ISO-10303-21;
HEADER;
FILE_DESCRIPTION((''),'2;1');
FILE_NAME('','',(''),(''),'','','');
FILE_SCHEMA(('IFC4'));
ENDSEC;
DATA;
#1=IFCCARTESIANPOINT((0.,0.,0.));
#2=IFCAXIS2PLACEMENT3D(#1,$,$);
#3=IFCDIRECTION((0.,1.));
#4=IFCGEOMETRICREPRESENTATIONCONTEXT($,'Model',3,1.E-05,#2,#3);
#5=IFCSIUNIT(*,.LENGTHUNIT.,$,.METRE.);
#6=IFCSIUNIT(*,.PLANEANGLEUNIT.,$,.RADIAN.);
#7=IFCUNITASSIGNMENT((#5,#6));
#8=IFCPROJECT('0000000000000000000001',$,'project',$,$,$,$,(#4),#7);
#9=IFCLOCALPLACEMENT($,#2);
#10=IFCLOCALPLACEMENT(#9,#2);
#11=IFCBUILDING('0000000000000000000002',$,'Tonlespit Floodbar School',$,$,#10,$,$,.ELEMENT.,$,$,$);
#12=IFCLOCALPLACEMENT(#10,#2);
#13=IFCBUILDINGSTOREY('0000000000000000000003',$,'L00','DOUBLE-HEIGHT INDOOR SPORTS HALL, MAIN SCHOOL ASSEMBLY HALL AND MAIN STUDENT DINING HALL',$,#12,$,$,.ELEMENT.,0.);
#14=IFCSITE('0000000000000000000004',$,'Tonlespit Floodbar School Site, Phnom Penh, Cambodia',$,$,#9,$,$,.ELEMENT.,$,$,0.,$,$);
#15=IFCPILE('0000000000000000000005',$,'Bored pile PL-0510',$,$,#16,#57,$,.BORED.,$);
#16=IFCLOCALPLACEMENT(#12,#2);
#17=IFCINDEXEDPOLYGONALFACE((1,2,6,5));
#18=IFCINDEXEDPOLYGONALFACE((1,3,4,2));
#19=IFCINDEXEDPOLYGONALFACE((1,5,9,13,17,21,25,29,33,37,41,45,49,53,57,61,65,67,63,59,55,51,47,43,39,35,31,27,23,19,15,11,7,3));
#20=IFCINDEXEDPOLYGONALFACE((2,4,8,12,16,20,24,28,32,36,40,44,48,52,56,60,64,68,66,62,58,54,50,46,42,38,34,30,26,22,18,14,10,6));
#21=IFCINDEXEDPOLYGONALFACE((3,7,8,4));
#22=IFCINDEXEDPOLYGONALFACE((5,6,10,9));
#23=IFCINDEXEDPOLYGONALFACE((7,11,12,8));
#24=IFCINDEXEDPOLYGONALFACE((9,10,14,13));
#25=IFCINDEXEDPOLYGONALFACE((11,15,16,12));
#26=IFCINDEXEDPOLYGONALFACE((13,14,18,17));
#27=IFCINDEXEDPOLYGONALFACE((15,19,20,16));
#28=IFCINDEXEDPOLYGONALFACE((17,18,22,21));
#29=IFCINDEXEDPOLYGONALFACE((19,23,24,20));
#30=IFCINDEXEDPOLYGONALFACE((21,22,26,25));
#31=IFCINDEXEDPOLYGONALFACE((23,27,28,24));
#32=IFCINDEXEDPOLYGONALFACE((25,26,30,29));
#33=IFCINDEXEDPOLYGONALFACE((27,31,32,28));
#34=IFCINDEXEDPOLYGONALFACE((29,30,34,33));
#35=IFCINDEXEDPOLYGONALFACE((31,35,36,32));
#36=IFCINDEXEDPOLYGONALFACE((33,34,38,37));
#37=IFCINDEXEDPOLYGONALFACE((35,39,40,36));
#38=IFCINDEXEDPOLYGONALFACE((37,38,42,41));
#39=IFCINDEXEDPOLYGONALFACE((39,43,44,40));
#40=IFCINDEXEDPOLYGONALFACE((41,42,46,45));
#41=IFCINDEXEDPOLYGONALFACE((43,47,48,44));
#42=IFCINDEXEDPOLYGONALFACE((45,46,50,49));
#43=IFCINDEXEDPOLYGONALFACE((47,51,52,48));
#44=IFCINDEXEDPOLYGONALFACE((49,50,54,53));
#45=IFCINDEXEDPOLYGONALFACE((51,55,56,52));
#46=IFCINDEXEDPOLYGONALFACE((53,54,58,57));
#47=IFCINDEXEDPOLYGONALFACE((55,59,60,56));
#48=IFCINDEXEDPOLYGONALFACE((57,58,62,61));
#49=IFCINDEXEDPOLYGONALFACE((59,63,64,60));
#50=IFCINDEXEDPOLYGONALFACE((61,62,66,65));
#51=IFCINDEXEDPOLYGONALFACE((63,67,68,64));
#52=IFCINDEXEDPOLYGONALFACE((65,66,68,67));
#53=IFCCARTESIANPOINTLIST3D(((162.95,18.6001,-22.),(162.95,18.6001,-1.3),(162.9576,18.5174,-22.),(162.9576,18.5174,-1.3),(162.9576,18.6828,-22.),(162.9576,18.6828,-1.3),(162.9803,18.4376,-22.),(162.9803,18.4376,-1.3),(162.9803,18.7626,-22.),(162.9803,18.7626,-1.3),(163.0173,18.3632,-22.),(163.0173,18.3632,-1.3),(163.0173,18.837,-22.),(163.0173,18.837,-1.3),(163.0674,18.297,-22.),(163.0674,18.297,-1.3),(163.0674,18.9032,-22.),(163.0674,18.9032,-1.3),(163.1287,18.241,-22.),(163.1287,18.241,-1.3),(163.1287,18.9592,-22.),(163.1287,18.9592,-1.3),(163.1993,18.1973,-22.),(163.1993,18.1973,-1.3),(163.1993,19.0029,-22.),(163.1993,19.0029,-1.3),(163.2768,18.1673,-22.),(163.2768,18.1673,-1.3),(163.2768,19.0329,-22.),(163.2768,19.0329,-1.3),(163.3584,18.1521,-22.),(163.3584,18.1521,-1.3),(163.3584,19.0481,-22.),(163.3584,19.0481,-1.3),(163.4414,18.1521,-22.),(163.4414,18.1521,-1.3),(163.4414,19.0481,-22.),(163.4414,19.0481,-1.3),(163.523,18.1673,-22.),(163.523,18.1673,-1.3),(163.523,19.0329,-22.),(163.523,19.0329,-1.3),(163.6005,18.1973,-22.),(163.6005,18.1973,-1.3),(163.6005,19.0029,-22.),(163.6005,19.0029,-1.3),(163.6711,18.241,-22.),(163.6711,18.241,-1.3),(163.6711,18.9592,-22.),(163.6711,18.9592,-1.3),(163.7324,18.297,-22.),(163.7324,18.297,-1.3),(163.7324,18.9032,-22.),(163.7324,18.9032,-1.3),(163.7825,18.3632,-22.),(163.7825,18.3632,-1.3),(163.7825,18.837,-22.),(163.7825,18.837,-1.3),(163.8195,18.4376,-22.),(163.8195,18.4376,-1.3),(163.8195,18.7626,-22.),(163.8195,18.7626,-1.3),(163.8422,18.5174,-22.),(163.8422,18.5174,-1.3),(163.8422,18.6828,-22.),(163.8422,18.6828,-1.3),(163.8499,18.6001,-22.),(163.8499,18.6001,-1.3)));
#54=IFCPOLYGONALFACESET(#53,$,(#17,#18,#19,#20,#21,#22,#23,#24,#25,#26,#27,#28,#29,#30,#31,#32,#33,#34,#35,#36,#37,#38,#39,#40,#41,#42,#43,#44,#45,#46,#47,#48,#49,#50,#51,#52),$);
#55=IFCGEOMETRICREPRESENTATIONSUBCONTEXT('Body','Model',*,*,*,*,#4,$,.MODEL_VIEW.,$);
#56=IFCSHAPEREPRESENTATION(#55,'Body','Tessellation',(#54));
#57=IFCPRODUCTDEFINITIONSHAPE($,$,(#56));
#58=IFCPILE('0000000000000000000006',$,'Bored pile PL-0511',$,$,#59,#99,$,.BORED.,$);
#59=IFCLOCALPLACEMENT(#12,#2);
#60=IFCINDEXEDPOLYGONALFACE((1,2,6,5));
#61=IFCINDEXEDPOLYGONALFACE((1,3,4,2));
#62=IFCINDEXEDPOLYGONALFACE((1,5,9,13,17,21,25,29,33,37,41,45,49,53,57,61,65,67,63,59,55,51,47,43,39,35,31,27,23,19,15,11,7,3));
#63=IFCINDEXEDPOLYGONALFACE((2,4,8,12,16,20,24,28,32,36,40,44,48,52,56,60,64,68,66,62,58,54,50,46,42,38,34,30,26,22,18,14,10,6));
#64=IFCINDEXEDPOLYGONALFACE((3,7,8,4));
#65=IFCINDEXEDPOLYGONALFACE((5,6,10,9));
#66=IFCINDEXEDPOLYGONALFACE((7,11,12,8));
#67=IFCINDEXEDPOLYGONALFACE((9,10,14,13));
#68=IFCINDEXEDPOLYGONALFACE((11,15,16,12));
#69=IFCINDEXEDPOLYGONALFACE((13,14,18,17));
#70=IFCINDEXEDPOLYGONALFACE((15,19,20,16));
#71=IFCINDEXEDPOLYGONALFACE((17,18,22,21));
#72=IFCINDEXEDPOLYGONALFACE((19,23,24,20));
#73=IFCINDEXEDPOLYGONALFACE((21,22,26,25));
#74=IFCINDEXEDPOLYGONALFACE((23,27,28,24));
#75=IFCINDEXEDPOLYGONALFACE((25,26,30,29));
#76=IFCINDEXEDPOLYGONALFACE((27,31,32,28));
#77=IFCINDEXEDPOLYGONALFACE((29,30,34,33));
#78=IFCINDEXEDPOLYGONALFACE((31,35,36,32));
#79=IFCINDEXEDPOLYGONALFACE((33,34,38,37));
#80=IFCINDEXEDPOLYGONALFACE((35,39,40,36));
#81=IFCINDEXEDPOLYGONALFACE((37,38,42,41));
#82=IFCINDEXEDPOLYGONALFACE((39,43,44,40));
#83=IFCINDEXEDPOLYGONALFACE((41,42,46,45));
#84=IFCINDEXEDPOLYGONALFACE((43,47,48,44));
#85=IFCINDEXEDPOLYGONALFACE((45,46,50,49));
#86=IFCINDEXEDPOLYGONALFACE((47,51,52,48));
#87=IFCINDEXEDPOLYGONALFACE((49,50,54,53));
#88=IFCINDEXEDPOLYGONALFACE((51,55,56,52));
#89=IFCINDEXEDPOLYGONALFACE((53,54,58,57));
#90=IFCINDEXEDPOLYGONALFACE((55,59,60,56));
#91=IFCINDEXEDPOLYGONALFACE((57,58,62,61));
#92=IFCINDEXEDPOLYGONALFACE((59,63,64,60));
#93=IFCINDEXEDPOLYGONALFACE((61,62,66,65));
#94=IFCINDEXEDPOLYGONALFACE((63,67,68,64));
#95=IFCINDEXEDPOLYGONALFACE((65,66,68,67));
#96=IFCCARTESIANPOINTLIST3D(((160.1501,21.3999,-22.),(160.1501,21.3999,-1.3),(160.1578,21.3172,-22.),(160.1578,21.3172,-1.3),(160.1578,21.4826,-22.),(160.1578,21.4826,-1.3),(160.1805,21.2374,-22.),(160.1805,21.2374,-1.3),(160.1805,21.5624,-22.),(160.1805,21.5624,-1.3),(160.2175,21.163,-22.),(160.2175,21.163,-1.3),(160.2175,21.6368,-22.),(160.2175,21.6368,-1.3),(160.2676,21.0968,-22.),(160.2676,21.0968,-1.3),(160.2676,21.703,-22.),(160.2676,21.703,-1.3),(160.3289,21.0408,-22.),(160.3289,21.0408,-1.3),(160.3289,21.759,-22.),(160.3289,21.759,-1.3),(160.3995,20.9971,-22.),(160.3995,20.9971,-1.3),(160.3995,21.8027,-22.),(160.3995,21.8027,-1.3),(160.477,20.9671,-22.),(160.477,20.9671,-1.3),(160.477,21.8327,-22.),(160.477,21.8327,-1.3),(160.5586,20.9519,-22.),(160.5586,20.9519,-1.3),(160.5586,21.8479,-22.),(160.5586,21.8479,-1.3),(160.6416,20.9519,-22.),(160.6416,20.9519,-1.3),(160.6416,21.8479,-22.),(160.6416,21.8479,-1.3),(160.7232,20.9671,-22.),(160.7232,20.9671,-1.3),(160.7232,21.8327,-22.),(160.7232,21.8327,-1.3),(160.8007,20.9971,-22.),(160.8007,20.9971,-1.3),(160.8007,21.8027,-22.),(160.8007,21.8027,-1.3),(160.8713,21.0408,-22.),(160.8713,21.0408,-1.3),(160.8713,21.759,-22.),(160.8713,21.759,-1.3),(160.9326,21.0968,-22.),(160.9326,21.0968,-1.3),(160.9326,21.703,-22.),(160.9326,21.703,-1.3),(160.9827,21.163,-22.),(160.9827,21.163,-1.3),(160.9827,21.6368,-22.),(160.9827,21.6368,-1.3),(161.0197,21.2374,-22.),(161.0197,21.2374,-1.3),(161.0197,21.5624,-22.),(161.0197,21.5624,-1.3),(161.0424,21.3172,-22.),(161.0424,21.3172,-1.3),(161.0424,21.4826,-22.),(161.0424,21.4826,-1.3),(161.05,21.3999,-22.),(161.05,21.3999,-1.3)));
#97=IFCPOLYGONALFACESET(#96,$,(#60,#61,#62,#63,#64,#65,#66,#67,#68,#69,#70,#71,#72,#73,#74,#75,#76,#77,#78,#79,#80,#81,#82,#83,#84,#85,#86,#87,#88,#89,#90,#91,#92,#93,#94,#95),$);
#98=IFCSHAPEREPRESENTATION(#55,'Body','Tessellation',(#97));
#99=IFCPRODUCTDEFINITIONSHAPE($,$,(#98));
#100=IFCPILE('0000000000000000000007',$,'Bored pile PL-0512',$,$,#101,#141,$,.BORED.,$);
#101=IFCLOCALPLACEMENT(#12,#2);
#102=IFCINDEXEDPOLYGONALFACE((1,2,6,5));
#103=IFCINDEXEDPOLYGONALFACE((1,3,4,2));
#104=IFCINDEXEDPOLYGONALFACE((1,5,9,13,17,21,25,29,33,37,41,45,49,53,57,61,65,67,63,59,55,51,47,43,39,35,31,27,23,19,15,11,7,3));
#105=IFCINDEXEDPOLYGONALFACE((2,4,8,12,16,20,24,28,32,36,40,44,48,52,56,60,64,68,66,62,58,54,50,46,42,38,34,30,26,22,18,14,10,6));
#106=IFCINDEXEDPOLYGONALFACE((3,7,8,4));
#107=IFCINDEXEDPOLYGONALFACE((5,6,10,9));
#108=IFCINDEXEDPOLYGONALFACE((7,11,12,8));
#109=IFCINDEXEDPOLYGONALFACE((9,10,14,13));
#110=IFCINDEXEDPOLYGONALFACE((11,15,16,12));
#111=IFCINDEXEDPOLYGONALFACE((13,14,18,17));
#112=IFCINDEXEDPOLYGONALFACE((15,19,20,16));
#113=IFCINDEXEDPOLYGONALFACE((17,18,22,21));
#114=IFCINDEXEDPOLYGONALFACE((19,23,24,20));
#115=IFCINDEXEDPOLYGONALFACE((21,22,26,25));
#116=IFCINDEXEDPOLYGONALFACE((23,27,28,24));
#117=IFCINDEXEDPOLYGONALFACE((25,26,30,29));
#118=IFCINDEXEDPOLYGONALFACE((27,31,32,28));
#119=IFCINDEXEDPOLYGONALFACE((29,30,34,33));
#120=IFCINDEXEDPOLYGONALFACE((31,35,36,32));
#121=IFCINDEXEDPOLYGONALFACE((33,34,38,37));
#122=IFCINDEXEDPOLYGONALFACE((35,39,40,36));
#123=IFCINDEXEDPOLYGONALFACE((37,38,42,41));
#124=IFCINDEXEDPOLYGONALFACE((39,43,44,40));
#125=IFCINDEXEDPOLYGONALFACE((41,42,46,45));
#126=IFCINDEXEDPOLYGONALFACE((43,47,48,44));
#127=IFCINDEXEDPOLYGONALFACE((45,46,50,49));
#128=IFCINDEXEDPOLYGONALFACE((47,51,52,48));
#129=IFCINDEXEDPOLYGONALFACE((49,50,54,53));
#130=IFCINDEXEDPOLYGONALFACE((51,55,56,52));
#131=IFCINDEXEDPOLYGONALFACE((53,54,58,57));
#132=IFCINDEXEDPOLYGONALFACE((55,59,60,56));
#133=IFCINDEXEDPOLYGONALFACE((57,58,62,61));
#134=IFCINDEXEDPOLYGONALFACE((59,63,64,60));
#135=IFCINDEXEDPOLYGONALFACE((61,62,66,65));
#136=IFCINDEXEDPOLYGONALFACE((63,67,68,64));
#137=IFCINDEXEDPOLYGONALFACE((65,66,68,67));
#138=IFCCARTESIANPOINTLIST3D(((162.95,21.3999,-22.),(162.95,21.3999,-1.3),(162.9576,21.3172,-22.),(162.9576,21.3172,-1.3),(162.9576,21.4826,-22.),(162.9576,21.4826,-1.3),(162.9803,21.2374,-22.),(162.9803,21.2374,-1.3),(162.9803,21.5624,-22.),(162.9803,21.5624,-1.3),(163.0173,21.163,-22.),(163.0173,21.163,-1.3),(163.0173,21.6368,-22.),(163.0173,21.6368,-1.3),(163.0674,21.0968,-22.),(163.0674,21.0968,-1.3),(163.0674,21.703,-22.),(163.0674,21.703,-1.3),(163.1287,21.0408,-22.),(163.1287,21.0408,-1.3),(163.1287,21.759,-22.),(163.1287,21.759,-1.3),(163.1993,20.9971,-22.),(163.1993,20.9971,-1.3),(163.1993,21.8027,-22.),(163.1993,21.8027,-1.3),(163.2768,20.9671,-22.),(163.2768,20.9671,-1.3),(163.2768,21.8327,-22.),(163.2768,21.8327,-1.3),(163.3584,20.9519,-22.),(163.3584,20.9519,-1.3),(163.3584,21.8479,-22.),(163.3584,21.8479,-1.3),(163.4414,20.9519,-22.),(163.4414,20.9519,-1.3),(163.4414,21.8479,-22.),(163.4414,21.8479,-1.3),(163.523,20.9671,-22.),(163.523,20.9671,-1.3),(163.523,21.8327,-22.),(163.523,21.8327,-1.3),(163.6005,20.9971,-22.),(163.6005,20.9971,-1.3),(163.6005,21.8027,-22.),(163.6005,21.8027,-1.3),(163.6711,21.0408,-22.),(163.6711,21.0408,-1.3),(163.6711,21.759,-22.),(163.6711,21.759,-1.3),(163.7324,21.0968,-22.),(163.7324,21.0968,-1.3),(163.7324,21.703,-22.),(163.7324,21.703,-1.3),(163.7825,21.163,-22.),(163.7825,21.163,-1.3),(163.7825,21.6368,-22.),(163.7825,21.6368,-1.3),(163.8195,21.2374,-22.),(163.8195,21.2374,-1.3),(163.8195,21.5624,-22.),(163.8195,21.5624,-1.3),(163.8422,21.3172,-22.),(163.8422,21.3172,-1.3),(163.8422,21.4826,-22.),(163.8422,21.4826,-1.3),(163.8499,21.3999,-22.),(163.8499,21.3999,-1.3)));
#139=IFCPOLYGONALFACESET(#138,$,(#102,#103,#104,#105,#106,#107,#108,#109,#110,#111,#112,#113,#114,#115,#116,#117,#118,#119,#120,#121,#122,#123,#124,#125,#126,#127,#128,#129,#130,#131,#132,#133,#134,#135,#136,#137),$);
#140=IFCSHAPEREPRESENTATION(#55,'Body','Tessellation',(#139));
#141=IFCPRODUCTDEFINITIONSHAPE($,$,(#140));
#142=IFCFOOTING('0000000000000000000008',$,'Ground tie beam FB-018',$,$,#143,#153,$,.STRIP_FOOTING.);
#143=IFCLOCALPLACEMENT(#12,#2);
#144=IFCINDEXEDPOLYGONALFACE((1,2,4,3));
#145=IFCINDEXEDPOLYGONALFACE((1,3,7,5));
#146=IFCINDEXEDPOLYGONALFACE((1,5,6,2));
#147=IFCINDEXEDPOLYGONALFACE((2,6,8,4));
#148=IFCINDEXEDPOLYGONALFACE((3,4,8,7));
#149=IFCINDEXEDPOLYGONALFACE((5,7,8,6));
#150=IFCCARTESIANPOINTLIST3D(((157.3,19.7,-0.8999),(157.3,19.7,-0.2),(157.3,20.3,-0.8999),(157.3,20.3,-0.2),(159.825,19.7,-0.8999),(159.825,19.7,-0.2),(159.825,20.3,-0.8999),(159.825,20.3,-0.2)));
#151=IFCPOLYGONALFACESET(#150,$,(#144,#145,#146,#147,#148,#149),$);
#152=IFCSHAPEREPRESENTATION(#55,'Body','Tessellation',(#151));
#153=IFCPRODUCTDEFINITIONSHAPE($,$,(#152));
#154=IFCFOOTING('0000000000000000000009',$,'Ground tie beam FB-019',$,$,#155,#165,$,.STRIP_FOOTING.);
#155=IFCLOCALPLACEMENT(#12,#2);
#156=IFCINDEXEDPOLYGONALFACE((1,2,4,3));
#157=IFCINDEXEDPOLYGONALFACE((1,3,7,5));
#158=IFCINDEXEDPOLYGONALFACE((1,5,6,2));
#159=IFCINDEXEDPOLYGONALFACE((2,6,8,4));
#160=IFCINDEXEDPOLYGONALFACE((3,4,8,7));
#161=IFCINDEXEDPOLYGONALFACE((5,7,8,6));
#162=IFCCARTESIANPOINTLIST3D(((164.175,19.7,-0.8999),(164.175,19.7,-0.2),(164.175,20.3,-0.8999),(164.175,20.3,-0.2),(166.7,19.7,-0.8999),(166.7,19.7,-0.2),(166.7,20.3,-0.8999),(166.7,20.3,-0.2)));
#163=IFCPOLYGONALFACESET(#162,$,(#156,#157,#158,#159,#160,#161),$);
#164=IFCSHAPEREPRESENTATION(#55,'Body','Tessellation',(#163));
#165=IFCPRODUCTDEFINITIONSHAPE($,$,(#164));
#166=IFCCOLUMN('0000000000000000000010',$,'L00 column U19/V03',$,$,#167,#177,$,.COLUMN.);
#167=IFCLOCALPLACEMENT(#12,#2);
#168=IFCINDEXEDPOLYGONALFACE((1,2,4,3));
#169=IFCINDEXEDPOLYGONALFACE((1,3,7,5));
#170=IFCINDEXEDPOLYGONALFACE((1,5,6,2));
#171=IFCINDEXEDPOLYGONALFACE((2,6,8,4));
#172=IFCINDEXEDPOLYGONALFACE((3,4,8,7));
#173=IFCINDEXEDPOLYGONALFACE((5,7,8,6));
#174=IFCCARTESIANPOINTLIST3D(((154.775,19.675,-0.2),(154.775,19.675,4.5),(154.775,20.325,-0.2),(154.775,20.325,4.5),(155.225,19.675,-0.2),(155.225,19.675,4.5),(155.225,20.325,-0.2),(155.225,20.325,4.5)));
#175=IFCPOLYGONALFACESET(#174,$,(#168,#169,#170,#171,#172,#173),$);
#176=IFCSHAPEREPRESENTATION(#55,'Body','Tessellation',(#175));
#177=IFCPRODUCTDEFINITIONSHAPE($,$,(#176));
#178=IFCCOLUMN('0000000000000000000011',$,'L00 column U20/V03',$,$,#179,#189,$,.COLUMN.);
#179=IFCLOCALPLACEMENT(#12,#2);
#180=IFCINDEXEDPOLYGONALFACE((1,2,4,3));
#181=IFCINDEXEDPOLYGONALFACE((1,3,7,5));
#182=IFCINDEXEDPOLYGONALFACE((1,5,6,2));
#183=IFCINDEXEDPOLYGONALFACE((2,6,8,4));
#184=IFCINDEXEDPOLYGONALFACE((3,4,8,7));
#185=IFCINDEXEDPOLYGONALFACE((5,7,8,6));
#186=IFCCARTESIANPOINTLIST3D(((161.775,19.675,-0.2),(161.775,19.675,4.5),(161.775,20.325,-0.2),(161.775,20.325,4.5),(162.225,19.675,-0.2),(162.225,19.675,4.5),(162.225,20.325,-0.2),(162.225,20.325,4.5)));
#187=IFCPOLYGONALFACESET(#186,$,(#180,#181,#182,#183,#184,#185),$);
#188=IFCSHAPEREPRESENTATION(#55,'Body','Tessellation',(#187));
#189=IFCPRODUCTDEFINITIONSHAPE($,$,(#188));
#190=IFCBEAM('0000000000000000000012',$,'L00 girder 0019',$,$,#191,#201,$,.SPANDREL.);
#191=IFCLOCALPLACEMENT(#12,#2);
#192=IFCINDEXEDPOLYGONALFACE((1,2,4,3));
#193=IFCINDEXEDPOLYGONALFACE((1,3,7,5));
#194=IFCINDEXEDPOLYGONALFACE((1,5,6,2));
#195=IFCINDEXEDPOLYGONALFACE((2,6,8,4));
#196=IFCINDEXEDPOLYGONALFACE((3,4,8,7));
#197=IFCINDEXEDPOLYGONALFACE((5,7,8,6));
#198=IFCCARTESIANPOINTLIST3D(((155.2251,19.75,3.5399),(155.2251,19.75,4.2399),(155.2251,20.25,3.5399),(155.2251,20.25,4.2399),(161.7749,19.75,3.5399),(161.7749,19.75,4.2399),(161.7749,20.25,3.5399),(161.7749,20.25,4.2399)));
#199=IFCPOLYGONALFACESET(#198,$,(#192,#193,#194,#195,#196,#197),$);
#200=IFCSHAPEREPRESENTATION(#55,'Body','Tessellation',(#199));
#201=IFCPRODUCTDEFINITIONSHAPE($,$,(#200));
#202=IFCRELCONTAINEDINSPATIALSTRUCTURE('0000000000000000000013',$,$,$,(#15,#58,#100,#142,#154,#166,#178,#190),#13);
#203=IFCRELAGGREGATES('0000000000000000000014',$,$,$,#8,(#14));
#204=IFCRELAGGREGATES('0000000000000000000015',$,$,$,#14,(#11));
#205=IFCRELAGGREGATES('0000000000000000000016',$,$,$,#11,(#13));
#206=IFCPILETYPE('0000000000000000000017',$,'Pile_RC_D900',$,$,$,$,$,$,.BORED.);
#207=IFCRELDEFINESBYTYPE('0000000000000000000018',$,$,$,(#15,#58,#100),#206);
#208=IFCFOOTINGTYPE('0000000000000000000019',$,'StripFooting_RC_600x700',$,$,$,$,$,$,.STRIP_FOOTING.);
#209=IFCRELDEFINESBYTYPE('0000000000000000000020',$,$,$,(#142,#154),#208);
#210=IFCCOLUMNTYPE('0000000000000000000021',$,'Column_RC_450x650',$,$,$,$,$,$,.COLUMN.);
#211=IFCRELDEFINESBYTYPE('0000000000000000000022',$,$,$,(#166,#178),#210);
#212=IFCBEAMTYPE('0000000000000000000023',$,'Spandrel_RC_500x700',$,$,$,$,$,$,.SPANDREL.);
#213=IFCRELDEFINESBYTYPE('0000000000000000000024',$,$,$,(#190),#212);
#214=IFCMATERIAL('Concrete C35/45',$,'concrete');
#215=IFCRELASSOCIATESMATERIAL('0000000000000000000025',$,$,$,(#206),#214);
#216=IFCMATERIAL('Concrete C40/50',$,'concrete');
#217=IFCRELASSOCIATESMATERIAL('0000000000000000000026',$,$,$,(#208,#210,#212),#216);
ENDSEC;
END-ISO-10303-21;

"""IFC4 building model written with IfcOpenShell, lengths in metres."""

from ifc_helpers import new_model, si_unit, direction, frame, origin, origin_2d, place, context, subcontext, project, spatial, rectangle, circle, extrude, material, material_profile, profile_set, type_object, element, save


model = new_model("IFC4")

# Units and contexts
model_context = context("Model", 3, precision=1e-05, world=origin(), true_north=direction((0.0, 1.0)))
body_context = subcontext(model_context, "Body", "Model", "MODEL_VIEW")
ifc_project = project(units=[si_unit("LENGTHUNIT", "METRE"), si_unit("PLANEANGLEUNIT", "RADIAN")], contexts=[model_context])

# Site, building, storey
site_placement = place(None, origin())
site = spatial("IfcSite", under=ifc_project, at=site_placement, Name="Tonlespit Floodbar School Site, Phnom Penh, Cambodia", CompositionType="ELEMENT", RefElevation=0.0)
building_placement = place(site_placement, origin())
building = spatial("IfcBuilding", under=site, at=building_placement, Name="Tonlespit Floodbar School", CompositionType="ELEMENT")
storey_placement = place(building_placement, origin())
storey = spatial("IfcBuildingStorey", under=building, at=storey_placement, Name="L00", Description="DOUBLE-HEIGHT INDOOR SPORTS HALL, MAIN SCHOOL ASSEMBLY HALL AND MAIN STUDENT DINING HALL", CompositionType="ELEMENT", Elevation=0.0)

# Shared definitions
ifc_material_1 = material(Name="Concrete C40/50", Category="concrete")

# Piles
ifc_material_2 = material(Name="Concrete C35/45", Category="concrete")
ifc_material_profile_1 = material_profile(ifc_material_2, circle(Radius=0.45, at=origin_2d()), Name="BP D900")
ifc_profile_set_1 = profile_set([ifc_material_profile_1], Name="Concrete C35/45")
pile_type_1 = type_object("IfcPileType", Name="Pile_RC_D900", PredefinedType="BORED", material=ifc_profile_set_1)
for number, where, z_axis, x_axis, name in (
    (1, (163.3999, 18.6001, -1.3), (0.0, 0.0, -1.0), (1.0, 0.0, 0.0), "Bored pile PL-0510"),
    (2, (160.6001, 21.3999, -1.3), (0.0, 0.0, -1.0), (1.0, 0.0, 0.0), "Bored pile PL-0511"),
    (3, (163.3999, 21.3999, -1.3), (0.0, 0.0, -1.0), (1.0, 0.0, 0.0), "Bored pile PL-0512"),
):
    element("IfcPile", number, at=place(storey_placement, frame(where, z_axis=z_axis, x_axis=x_axis)), inside=storey, type_object=pile_type_1, Name=name, PredefinedType="BORED", context=body_context, shape_type="SweptSolid", body=[
        extrude(circle(Radius=0.45, at=origin_2d()), origin(), (0.0, 0.0, 1.0), 20.7),
    ])

# Footings
footing_type_1 = type_object("IfcFootingType", Name="StripFooting_RC_600x700", PredefinedType="STRIP_FOOTING", material=ifc_material_1)
for number, where, z_axis, x_axis, name in (
    (4, (158.5625, 20.0, -0.8999), (0.0, 0.0, 1.0), (1.0, 0.0, 0.0), "Ground tie beam FB-018"),
    (5, (165.4375, 20.0, -0.8999), (0.0, 0.0, 1.0), (1.0, 0.0, 0.0), "Ground tie beam FB-019"),
):
    element("IfcFooting", number, at=place(storey_placement, frame(where, z_axis=z_axis, x_axis=x_axis)), inside=storey, type_object=footing_type_1, Name=name, PredefinedType="STRIP_FOOTING", context=body_context, shape_type="SweptSolid", body=[
        extrude(rectangle(XDim=2.5249, YDim=0.6001, at=origin_2d()), origin(), (0.0, 0.0, 1.0), 0.7),
    ])

# Columns
ifc_material_profile_2 = material_profile(ifc_material_1, rectangle(XDim=0.45, YDim=0.6499, at=origin_2d()), Name="RC 450x650")
ifc_profile_set_2 = profile_set([ifc_material_profile_2], Name="Concrete C40/50")
column_type = type_object("IfcColumnType", Name="Column_RC_450x650", PredefinedType="COLUMN", material=ifc_profile_set_2)
for number, where, z_axis, x_axis, name in (
    (6, (155.0, 20.0, -0.2), (0.0, 0.0, 1.0), (1.0, 0.0, 0.0), "L00 column U19/V03"),
    (7, (162.0, 20.0, -0.2), (0.0, 0.0, 1.0), (1.0, 0.0, 0.0), "L00 column U20/V03"),
):
    element("IfcColumn", number, at=place(storey_placement, frame(where, z_axis=z_axis, x_axis=x_axis)), inside=storey, type_object=column_type, Name=name, PredefinedType="COLUMN", context=body_context, shape_type="SweptSolid", body=[
        extrude(rectangle(XDim=0.45, YDim=0.6499, at=origin_2d()), origin(), (0.0, 0.0, 1.0), 4.7),
    ])

# Beam
ifc_material_profile_3 = material_profile(ifc_material_1, rectangle(XDim=0.5, YDim=0.7, at=origin_2d()), Name="RC 500x700")
ifc_profile_set_3 = profile_set([ifc_material_profile_3], Name="Concrete C40/50")
beam_type = type_object("IfcBeamType", Name="Spandrel_RC_500x700", PredefinedType="SPANDREL", material=ifc_profile_set_3)
for number, where, z_axis, x_axis, name in (
    (8, (155.2251, 20.0, 3.8899), (1.0, 0.0, 0.0), (0.0, 1.0, 0.0), "L00 girder 0019"),
):
    element("IfcBeam", number, at=place(storey_placement, frame(where, z_axis=z_axis, x_axis=x_axis)), inside=storey, type_object=beam_type, Name=name, PredefinedType="SPANDREL", context=body_context, shape_type="SweptSolid", body=[
        extrude(rectangle(XDim=0.5, YDim=0.7, at=origin_2d()), origin(), (0.0, 0.0, 1.0), 6.5498),
    ])

save(model, "model.ifc")
